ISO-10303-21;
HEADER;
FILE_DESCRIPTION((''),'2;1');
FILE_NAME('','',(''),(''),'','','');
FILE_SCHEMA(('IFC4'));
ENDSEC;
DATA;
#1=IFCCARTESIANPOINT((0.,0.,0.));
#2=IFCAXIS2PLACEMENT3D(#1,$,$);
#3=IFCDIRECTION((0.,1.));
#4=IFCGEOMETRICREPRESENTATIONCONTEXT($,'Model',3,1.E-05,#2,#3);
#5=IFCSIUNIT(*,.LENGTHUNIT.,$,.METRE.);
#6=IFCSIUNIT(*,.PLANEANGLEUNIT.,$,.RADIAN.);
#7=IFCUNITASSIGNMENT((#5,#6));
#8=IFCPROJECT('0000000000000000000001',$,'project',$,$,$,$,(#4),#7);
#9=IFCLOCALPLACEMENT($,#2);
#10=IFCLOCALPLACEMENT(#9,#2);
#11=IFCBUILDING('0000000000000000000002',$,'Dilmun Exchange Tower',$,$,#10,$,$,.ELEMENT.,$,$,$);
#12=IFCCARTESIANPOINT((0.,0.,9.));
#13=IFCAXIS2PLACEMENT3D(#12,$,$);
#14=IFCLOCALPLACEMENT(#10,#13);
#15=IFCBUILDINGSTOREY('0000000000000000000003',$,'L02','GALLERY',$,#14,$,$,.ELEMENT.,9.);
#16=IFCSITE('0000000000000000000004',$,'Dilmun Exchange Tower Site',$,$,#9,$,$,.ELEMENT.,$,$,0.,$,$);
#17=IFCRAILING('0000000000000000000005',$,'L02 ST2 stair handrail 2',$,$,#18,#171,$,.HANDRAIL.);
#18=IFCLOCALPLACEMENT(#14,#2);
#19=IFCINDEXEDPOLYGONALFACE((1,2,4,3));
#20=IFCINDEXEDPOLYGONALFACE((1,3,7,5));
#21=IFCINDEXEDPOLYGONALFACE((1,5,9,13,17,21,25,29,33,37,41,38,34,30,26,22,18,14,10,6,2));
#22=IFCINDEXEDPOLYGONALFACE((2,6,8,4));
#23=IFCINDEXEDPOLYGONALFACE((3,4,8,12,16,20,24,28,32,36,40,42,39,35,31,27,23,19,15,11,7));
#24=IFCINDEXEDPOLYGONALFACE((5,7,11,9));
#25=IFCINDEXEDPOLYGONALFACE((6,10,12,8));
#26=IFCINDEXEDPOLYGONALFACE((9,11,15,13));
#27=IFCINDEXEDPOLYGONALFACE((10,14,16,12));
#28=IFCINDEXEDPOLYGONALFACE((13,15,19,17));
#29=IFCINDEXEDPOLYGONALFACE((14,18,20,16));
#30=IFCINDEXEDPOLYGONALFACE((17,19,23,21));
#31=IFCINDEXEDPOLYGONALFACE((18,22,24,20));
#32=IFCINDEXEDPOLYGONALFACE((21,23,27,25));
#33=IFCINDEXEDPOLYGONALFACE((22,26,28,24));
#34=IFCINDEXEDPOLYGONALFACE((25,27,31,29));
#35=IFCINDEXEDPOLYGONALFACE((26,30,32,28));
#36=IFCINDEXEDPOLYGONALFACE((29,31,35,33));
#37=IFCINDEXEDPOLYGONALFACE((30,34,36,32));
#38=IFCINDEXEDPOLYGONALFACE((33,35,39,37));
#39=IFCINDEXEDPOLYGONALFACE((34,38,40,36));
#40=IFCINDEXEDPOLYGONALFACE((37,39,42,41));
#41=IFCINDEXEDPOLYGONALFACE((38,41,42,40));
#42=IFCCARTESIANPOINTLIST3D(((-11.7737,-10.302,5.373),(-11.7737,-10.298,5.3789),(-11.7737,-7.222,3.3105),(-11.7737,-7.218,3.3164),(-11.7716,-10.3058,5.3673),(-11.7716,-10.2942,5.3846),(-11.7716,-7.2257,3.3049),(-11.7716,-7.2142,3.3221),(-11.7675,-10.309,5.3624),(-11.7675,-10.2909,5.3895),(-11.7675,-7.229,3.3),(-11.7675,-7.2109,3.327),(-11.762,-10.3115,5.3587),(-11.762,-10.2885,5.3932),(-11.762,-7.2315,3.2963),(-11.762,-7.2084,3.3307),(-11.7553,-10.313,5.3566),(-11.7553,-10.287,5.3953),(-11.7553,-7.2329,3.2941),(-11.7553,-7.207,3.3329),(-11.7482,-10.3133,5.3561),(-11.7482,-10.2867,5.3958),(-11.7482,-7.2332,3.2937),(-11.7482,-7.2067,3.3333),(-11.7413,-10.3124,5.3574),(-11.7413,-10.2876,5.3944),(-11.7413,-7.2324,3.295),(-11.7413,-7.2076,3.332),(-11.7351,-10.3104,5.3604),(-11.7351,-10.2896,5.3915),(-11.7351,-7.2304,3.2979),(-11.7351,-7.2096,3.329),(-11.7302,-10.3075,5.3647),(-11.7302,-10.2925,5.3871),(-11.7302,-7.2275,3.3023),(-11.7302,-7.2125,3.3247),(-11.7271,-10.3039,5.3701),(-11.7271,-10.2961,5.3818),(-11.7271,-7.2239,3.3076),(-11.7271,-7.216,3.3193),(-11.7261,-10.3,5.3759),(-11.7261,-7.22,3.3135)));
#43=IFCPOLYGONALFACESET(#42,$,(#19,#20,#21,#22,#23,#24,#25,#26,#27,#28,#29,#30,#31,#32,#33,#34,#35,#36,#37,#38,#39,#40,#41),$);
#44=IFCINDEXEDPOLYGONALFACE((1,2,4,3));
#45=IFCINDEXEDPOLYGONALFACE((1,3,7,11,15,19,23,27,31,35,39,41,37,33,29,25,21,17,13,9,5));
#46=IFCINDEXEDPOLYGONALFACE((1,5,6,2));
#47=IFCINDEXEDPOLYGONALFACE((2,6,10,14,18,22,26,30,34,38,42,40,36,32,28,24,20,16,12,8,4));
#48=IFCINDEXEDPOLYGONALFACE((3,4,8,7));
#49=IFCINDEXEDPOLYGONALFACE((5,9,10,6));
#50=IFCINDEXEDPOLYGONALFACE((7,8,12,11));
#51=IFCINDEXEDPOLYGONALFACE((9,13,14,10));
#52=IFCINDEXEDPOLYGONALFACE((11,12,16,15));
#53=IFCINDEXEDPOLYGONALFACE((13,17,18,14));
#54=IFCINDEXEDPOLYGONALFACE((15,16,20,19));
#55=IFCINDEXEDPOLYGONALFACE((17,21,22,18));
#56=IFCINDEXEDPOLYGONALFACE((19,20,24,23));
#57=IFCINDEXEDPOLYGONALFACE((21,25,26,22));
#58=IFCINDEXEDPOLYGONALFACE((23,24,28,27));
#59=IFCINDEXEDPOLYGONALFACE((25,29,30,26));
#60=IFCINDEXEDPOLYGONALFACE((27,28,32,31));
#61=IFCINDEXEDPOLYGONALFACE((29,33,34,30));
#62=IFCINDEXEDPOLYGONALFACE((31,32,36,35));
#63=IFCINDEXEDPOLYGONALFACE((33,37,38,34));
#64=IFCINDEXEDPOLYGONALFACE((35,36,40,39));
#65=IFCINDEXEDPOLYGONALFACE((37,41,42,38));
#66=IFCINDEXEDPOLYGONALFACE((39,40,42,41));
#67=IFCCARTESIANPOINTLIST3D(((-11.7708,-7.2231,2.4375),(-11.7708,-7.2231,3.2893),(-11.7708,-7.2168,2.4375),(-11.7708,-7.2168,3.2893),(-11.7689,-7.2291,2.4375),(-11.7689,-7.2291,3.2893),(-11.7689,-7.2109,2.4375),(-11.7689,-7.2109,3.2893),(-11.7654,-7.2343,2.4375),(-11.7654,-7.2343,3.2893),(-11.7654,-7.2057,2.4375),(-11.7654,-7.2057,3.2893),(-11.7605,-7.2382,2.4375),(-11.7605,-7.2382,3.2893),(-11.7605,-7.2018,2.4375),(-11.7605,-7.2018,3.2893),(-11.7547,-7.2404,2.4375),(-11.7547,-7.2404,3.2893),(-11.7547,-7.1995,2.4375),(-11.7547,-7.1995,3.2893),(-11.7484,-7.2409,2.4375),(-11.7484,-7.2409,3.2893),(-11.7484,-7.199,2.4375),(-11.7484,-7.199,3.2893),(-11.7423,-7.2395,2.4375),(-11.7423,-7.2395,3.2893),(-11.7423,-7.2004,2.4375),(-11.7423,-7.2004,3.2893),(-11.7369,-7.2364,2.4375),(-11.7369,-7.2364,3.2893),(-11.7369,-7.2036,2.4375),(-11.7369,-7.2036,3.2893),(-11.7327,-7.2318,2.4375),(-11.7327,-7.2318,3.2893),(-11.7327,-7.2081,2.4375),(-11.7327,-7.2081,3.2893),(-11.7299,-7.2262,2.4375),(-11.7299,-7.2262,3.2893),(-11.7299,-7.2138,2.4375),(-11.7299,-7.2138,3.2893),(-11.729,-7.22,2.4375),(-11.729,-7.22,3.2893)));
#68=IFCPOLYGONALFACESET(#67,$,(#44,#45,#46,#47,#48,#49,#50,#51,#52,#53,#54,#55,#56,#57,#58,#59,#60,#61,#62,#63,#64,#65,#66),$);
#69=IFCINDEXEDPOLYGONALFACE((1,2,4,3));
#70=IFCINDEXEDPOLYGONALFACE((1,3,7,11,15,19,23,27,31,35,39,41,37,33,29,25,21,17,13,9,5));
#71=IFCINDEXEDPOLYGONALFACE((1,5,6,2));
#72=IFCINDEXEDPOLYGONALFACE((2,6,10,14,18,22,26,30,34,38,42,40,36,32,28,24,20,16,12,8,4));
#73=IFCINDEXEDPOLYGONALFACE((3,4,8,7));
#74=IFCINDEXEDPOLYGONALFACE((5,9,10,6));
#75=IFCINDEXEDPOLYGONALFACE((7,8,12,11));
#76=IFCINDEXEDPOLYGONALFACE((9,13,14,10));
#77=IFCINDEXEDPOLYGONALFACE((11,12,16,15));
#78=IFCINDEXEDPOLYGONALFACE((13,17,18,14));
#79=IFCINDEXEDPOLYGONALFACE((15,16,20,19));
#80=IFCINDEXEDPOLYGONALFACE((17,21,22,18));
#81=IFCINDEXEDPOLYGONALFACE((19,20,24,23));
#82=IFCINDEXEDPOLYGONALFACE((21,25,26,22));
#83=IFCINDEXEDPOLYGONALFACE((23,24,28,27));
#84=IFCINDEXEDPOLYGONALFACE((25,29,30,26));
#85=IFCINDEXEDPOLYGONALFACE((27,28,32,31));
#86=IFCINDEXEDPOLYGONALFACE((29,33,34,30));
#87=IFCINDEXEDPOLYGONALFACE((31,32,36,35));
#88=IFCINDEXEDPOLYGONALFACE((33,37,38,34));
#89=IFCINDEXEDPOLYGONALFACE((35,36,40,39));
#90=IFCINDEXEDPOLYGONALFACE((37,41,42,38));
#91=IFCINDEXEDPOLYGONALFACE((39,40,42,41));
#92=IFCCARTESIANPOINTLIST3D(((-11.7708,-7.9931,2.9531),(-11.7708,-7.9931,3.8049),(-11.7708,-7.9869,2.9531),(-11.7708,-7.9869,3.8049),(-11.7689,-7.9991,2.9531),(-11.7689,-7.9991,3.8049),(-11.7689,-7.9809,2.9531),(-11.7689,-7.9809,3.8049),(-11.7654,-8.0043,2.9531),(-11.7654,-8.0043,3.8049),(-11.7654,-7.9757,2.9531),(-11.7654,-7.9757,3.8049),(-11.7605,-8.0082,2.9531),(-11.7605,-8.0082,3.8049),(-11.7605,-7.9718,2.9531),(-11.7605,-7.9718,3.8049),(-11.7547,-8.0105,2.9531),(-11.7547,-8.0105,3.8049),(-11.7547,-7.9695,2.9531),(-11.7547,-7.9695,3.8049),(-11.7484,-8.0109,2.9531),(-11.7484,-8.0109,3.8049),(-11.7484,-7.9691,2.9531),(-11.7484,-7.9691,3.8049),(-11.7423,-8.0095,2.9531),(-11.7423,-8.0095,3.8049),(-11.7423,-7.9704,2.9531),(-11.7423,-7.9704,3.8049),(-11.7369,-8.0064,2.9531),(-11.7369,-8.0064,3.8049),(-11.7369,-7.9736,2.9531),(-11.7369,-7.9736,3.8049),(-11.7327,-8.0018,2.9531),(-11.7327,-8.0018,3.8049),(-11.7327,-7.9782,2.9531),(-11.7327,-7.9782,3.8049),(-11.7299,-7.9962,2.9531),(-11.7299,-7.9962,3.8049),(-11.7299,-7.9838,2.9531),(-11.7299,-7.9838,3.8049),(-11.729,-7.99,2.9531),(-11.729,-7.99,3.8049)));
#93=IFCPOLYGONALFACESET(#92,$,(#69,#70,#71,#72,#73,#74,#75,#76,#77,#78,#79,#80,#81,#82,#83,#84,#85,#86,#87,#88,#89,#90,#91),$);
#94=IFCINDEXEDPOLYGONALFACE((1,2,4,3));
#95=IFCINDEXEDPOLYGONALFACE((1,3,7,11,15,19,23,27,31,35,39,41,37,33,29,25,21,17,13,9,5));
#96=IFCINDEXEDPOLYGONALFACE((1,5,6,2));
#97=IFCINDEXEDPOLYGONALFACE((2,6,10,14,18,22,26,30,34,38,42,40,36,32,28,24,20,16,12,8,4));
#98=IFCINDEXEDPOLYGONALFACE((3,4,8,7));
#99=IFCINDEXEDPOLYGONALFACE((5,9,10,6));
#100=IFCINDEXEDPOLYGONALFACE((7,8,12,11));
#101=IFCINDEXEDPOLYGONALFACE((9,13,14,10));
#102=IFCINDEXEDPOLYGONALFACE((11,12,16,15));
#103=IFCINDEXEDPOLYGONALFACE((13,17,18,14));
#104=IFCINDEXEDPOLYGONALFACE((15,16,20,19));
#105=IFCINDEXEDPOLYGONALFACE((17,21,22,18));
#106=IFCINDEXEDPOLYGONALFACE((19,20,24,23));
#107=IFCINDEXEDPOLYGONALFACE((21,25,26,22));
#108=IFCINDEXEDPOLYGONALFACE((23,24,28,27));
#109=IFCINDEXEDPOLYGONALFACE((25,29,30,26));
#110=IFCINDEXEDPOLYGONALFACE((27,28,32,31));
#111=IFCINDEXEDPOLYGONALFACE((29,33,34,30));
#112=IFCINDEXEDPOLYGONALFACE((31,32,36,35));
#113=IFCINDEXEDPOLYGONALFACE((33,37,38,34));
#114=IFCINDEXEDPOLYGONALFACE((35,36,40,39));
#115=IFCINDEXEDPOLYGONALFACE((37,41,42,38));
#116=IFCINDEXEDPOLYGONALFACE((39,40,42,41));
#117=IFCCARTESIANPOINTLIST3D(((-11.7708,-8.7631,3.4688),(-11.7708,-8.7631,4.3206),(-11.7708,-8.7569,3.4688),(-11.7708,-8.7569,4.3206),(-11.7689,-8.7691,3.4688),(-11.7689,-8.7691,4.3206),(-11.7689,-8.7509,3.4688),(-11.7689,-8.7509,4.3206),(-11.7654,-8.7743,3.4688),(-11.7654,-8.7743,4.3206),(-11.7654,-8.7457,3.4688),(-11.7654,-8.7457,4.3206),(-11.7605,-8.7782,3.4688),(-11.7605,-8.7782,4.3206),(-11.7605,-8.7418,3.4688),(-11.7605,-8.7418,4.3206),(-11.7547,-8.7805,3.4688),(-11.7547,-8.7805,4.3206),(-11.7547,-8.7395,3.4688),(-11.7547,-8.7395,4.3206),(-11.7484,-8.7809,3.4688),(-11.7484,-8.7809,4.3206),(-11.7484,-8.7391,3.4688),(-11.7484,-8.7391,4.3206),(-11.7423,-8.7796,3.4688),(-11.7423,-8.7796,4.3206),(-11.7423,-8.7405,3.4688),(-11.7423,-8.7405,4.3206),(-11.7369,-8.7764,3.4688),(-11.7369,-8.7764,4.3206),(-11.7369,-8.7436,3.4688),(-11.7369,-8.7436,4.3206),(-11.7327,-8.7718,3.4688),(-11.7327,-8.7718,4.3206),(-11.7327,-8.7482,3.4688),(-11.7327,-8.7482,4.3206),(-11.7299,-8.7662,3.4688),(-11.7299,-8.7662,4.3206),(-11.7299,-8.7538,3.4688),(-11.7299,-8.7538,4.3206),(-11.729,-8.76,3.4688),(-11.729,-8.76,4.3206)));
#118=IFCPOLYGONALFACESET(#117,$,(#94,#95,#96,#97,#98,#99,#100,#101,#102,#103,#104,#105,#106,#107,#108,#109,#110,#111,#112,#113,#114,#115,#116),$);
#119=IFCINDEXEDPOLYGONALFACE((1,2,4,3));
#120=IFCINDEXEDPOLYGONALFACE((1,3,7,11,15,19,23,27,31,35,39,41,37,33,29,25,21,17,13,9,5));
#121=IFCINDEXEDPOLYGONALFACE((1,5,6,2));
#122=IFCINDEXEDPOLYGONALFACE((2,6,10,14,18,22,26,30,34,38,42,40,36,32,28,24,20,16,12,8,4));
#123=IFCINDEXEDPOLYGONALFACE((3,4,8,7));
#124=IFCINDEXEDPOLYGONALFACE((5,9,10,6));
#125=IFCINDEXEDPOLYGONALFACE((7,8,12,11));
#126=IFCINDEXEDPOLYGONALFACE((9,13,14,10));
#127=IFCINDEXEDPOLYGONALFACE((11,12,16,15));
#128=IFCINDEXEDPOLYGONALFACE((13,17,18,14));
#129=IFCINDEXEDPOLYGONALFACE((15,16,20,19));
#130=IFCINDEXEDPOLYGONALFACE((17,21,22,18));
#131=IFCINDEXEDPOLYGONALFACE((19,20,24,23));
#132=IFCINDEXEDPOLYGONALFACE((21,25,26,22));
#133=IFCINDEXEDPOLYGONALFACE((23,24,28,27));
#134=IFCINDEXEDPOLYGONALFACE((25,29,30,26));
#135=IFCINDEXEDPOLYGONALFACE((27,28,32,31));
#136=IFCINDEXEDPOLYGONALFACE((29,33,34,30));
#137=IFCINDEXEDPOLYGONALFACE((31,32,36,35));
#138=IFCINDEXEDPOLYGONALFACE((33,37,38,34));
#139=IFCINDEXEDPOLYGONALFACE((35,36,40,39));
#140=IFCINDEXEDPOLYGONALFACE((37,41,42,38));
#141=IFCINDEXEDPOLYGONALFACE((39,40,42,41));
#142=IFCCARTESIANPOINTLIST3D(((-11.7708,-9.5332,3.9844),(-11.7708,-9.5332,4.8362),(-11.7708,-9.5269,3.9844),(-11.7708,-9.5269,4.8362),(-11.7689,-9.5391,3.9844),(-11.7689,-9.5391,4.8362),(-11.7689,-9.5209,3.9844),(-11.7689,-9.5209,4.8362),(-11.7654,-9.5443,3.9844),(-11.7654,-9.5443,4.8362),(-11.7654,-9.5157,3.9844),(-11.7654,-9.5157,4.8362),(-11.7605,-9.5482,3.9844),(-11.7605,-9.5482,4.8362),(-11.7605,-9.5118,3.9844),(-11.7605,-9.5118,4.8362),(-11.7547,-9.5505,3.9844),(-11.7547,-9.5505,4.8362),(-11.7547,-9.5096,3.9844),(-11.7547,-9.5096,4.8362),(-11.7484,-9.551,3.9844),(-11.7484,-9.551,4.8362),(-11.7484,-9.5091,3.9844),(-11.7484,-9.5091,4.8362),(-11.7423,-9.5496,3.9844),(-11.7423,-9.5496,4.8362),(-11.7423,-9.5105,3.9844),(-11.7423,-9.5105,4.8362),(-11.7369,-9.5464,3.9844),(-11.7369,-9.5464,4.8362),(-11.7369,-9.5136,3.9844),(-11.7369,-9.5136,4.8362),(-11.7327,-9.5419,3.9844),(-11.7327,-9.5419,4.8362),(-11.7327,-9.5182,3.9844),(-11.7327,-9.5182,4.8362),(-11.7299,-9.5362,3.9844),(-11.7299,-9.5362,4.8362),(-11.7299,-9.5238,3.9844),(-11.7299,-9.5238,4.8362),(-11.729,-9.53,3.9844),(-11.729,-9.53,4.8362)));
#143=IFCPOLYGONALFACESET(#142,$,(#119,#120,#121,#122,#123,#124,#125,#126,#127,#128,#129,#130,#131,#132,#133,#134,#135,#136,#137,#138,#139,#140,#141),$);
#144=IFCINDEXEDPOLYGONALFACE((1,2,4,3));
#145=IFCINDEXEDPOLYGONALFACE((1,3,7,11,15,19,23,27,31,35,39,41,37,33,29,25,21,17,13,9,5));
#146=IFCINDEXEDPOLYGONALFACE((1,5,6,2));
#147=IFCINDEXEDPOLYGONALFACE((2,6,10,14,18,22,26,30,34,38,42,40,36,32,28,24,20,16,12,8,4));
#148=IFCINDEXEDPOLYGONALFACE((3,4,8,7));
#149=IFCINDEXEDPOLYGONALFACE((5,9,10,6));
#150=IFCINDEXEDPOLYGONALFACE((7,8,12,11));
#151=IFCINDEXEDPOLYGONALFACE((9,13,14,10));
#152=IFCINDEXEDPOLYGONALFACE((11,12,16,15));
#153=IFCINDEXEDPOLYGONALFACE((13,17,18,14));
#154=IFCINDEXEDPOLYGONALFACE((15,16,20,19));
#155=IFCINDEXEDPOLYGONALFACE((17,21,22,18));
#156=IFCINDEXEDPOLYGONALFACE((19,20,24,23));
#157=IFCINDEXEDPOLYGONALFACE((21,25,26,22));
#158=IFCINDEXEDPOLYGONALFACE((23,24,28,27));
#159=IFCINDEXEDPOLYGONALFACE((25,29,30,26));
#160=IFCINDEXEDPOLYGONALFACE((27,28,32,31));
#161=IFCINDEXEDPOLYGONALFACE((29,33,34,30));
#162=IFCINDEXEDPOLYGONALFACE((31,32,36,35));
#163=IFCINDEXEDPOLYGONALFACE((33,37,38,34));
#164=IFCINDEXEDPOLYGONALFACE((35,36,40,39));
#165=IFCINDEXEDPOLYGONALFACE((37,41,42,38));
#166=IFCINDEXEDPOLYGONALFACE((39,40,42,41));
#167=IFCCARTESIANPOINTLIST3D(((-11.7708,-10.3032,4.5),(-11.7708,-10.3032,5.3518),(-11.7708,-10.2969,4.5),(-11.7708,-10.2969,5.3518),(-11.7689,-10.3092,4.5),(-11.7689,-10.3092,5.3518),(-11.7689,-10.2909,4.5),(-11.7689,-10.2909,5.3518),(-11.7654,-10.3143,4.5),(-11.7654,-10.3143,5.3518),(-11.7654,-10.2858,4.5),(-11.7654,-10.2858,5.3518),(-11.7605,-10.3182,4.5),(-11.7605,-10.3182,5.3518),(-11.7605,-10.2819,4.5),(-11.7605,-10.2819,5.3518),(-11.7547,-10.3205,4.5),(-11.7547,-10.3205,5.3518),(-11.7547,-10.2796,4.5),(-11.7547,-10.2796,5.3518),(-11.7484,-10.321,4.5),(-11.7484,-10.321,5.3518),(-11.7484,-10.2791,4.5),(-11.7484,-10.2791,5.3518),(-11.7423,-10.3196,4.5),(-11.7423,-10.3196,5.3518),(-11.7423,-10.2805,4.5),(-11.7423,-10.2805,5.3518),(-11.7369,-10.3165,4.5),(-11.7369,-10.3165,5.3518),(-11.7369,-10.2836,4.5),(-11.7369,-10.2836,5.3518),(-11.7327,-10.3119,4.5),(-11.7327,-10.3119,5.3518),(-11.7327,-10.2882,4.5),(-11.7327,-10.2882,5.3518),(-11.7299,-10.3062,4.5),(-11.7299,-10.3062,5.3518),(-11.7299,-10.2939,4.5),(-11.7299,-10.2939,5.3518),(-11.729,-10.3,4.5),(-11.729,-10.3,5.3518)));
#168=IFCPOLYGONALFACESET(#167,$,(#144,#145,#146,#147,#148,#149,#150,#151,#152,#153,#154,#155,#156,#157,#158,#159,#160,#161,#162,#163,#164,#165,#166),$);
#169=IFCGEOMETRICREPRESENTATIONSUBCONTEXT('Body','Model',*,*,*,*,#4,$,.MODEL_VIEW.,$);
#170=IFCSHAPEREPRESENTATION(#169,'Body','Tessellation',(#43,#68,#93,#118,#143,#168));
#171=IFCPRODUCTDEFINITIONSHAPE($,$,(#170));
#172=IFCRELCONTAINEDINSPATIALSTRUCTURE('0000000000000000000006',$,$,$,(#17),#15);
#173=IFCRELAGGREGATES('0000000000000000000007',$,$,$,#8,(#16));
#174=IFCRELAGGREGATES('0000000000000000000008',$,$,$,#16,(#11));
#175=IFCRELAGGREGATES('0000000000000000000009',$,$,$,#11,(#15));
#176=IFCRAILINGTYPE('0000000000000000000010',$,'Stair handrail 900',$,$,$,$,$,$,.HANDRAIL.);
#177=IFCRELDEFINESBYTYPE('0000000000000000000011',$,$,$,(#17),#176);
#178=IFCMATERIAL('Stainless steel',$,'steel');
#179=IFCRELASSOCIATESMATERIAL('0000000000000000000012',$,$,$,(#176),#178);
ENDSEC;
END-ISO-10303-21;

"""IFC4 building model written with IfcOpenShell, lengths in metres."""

from ifc_helpers import new_model, si_unit, direction, frame, origin, origin_2d, place, context, subcontext, project, spatial, circle, extrude, material, type_object, element, save


model = new_model("IFC4")

# Units and contexts
model_context = context("Model", 3, precision=1e-05, world=origin(), true_north=direction((0.0, 1.0)))
body_context = subcontext(model_context, "Body", "Model", "MODEL_VIEW")
ifc_project = project(units=[si_unit("LENGTHUNIT", "METRE"), si_unit("PLANEANGLEUNIT", "RADIAN")], contexts=[model_context])

# Site, building, storey
site_placement = place(None, origin())
site = spatial("IfcSite", under=ifc_project, at=site_placement, Name="Dilmun Exchange Tower Site", CompositionType="ELEMENT", RefElevation=0.0)
building_placement = place(site_placement, origin())
building = spatial("IfcBuilding", under=site, at=building_placement, Name="Dilmun Exchange Tower", CompositionType="ELEMENT")
storey_placement = place(building_placement, frame((0.0, 0.0, 9.0)))
storey = spatial("IfcBuildingStorey", under=building, at=storey_placement, Name="L02", Description="GALLERY", CompositionType="ELEMENT", Elevation=9.0)

# Railing
ifc_material_1 = material(Name="Stainless steel", Category="steel")
railing_type = type_object("IfcRailingType", Name="Stair handrail 900", PredefinedType="HANDRAIL", material=ifc_material_1)
railing_1_placement = place(storey_placement, frame((-11.75, -7.22, 2.4375)))
element("IfcRailing", 1, at=railing_1_placement, inside=storey, type_object=railing_type, Name="L02 ST2 stair handrail 2", PredefinedType="HANDRAIL", context=body_context, shape_type="SweptSolid", body=[
    extrude(circle(Radius=0.0239, at=origin_2d()), frame((0.0, 0.0, 0.876), z_axis=(0.0, -0.830914, 0.556401), x_axis=(1.0, 0.0, 0.0)), (0.0, 0.0, 1.0), 3.7068),
    extrude(circle(Radius=0.021, at=origin_2d()), origin(), (0.0, 0.0, 1.0), 0.8518),
    extrude(circle(Radius=0.021, at=origin_2d()), frame((0.0, -0.77, 0.5156)), (0.0, 0.0, 1.0), 0.8518),
    extrude(circle(Radius=0.021, at=origin_2d()), frame((0.0, -1.54, 1.0312)), (0.0, 0.0, 1.0), 0.8518),
    extrude(circle(Radius=0.021, at=origin_2d()), frame((0.0, -2.3101, 1.5469)), (0.0, 0.0, 1.0), 0.8518),
    extrude(circle(Radius=0.021, at=origin_2d()), frame((0.0, -3.0801, 2.0625)), (0.0, 0.0, 1.0), 0.8518),
])

save(model, "model.ifc")
